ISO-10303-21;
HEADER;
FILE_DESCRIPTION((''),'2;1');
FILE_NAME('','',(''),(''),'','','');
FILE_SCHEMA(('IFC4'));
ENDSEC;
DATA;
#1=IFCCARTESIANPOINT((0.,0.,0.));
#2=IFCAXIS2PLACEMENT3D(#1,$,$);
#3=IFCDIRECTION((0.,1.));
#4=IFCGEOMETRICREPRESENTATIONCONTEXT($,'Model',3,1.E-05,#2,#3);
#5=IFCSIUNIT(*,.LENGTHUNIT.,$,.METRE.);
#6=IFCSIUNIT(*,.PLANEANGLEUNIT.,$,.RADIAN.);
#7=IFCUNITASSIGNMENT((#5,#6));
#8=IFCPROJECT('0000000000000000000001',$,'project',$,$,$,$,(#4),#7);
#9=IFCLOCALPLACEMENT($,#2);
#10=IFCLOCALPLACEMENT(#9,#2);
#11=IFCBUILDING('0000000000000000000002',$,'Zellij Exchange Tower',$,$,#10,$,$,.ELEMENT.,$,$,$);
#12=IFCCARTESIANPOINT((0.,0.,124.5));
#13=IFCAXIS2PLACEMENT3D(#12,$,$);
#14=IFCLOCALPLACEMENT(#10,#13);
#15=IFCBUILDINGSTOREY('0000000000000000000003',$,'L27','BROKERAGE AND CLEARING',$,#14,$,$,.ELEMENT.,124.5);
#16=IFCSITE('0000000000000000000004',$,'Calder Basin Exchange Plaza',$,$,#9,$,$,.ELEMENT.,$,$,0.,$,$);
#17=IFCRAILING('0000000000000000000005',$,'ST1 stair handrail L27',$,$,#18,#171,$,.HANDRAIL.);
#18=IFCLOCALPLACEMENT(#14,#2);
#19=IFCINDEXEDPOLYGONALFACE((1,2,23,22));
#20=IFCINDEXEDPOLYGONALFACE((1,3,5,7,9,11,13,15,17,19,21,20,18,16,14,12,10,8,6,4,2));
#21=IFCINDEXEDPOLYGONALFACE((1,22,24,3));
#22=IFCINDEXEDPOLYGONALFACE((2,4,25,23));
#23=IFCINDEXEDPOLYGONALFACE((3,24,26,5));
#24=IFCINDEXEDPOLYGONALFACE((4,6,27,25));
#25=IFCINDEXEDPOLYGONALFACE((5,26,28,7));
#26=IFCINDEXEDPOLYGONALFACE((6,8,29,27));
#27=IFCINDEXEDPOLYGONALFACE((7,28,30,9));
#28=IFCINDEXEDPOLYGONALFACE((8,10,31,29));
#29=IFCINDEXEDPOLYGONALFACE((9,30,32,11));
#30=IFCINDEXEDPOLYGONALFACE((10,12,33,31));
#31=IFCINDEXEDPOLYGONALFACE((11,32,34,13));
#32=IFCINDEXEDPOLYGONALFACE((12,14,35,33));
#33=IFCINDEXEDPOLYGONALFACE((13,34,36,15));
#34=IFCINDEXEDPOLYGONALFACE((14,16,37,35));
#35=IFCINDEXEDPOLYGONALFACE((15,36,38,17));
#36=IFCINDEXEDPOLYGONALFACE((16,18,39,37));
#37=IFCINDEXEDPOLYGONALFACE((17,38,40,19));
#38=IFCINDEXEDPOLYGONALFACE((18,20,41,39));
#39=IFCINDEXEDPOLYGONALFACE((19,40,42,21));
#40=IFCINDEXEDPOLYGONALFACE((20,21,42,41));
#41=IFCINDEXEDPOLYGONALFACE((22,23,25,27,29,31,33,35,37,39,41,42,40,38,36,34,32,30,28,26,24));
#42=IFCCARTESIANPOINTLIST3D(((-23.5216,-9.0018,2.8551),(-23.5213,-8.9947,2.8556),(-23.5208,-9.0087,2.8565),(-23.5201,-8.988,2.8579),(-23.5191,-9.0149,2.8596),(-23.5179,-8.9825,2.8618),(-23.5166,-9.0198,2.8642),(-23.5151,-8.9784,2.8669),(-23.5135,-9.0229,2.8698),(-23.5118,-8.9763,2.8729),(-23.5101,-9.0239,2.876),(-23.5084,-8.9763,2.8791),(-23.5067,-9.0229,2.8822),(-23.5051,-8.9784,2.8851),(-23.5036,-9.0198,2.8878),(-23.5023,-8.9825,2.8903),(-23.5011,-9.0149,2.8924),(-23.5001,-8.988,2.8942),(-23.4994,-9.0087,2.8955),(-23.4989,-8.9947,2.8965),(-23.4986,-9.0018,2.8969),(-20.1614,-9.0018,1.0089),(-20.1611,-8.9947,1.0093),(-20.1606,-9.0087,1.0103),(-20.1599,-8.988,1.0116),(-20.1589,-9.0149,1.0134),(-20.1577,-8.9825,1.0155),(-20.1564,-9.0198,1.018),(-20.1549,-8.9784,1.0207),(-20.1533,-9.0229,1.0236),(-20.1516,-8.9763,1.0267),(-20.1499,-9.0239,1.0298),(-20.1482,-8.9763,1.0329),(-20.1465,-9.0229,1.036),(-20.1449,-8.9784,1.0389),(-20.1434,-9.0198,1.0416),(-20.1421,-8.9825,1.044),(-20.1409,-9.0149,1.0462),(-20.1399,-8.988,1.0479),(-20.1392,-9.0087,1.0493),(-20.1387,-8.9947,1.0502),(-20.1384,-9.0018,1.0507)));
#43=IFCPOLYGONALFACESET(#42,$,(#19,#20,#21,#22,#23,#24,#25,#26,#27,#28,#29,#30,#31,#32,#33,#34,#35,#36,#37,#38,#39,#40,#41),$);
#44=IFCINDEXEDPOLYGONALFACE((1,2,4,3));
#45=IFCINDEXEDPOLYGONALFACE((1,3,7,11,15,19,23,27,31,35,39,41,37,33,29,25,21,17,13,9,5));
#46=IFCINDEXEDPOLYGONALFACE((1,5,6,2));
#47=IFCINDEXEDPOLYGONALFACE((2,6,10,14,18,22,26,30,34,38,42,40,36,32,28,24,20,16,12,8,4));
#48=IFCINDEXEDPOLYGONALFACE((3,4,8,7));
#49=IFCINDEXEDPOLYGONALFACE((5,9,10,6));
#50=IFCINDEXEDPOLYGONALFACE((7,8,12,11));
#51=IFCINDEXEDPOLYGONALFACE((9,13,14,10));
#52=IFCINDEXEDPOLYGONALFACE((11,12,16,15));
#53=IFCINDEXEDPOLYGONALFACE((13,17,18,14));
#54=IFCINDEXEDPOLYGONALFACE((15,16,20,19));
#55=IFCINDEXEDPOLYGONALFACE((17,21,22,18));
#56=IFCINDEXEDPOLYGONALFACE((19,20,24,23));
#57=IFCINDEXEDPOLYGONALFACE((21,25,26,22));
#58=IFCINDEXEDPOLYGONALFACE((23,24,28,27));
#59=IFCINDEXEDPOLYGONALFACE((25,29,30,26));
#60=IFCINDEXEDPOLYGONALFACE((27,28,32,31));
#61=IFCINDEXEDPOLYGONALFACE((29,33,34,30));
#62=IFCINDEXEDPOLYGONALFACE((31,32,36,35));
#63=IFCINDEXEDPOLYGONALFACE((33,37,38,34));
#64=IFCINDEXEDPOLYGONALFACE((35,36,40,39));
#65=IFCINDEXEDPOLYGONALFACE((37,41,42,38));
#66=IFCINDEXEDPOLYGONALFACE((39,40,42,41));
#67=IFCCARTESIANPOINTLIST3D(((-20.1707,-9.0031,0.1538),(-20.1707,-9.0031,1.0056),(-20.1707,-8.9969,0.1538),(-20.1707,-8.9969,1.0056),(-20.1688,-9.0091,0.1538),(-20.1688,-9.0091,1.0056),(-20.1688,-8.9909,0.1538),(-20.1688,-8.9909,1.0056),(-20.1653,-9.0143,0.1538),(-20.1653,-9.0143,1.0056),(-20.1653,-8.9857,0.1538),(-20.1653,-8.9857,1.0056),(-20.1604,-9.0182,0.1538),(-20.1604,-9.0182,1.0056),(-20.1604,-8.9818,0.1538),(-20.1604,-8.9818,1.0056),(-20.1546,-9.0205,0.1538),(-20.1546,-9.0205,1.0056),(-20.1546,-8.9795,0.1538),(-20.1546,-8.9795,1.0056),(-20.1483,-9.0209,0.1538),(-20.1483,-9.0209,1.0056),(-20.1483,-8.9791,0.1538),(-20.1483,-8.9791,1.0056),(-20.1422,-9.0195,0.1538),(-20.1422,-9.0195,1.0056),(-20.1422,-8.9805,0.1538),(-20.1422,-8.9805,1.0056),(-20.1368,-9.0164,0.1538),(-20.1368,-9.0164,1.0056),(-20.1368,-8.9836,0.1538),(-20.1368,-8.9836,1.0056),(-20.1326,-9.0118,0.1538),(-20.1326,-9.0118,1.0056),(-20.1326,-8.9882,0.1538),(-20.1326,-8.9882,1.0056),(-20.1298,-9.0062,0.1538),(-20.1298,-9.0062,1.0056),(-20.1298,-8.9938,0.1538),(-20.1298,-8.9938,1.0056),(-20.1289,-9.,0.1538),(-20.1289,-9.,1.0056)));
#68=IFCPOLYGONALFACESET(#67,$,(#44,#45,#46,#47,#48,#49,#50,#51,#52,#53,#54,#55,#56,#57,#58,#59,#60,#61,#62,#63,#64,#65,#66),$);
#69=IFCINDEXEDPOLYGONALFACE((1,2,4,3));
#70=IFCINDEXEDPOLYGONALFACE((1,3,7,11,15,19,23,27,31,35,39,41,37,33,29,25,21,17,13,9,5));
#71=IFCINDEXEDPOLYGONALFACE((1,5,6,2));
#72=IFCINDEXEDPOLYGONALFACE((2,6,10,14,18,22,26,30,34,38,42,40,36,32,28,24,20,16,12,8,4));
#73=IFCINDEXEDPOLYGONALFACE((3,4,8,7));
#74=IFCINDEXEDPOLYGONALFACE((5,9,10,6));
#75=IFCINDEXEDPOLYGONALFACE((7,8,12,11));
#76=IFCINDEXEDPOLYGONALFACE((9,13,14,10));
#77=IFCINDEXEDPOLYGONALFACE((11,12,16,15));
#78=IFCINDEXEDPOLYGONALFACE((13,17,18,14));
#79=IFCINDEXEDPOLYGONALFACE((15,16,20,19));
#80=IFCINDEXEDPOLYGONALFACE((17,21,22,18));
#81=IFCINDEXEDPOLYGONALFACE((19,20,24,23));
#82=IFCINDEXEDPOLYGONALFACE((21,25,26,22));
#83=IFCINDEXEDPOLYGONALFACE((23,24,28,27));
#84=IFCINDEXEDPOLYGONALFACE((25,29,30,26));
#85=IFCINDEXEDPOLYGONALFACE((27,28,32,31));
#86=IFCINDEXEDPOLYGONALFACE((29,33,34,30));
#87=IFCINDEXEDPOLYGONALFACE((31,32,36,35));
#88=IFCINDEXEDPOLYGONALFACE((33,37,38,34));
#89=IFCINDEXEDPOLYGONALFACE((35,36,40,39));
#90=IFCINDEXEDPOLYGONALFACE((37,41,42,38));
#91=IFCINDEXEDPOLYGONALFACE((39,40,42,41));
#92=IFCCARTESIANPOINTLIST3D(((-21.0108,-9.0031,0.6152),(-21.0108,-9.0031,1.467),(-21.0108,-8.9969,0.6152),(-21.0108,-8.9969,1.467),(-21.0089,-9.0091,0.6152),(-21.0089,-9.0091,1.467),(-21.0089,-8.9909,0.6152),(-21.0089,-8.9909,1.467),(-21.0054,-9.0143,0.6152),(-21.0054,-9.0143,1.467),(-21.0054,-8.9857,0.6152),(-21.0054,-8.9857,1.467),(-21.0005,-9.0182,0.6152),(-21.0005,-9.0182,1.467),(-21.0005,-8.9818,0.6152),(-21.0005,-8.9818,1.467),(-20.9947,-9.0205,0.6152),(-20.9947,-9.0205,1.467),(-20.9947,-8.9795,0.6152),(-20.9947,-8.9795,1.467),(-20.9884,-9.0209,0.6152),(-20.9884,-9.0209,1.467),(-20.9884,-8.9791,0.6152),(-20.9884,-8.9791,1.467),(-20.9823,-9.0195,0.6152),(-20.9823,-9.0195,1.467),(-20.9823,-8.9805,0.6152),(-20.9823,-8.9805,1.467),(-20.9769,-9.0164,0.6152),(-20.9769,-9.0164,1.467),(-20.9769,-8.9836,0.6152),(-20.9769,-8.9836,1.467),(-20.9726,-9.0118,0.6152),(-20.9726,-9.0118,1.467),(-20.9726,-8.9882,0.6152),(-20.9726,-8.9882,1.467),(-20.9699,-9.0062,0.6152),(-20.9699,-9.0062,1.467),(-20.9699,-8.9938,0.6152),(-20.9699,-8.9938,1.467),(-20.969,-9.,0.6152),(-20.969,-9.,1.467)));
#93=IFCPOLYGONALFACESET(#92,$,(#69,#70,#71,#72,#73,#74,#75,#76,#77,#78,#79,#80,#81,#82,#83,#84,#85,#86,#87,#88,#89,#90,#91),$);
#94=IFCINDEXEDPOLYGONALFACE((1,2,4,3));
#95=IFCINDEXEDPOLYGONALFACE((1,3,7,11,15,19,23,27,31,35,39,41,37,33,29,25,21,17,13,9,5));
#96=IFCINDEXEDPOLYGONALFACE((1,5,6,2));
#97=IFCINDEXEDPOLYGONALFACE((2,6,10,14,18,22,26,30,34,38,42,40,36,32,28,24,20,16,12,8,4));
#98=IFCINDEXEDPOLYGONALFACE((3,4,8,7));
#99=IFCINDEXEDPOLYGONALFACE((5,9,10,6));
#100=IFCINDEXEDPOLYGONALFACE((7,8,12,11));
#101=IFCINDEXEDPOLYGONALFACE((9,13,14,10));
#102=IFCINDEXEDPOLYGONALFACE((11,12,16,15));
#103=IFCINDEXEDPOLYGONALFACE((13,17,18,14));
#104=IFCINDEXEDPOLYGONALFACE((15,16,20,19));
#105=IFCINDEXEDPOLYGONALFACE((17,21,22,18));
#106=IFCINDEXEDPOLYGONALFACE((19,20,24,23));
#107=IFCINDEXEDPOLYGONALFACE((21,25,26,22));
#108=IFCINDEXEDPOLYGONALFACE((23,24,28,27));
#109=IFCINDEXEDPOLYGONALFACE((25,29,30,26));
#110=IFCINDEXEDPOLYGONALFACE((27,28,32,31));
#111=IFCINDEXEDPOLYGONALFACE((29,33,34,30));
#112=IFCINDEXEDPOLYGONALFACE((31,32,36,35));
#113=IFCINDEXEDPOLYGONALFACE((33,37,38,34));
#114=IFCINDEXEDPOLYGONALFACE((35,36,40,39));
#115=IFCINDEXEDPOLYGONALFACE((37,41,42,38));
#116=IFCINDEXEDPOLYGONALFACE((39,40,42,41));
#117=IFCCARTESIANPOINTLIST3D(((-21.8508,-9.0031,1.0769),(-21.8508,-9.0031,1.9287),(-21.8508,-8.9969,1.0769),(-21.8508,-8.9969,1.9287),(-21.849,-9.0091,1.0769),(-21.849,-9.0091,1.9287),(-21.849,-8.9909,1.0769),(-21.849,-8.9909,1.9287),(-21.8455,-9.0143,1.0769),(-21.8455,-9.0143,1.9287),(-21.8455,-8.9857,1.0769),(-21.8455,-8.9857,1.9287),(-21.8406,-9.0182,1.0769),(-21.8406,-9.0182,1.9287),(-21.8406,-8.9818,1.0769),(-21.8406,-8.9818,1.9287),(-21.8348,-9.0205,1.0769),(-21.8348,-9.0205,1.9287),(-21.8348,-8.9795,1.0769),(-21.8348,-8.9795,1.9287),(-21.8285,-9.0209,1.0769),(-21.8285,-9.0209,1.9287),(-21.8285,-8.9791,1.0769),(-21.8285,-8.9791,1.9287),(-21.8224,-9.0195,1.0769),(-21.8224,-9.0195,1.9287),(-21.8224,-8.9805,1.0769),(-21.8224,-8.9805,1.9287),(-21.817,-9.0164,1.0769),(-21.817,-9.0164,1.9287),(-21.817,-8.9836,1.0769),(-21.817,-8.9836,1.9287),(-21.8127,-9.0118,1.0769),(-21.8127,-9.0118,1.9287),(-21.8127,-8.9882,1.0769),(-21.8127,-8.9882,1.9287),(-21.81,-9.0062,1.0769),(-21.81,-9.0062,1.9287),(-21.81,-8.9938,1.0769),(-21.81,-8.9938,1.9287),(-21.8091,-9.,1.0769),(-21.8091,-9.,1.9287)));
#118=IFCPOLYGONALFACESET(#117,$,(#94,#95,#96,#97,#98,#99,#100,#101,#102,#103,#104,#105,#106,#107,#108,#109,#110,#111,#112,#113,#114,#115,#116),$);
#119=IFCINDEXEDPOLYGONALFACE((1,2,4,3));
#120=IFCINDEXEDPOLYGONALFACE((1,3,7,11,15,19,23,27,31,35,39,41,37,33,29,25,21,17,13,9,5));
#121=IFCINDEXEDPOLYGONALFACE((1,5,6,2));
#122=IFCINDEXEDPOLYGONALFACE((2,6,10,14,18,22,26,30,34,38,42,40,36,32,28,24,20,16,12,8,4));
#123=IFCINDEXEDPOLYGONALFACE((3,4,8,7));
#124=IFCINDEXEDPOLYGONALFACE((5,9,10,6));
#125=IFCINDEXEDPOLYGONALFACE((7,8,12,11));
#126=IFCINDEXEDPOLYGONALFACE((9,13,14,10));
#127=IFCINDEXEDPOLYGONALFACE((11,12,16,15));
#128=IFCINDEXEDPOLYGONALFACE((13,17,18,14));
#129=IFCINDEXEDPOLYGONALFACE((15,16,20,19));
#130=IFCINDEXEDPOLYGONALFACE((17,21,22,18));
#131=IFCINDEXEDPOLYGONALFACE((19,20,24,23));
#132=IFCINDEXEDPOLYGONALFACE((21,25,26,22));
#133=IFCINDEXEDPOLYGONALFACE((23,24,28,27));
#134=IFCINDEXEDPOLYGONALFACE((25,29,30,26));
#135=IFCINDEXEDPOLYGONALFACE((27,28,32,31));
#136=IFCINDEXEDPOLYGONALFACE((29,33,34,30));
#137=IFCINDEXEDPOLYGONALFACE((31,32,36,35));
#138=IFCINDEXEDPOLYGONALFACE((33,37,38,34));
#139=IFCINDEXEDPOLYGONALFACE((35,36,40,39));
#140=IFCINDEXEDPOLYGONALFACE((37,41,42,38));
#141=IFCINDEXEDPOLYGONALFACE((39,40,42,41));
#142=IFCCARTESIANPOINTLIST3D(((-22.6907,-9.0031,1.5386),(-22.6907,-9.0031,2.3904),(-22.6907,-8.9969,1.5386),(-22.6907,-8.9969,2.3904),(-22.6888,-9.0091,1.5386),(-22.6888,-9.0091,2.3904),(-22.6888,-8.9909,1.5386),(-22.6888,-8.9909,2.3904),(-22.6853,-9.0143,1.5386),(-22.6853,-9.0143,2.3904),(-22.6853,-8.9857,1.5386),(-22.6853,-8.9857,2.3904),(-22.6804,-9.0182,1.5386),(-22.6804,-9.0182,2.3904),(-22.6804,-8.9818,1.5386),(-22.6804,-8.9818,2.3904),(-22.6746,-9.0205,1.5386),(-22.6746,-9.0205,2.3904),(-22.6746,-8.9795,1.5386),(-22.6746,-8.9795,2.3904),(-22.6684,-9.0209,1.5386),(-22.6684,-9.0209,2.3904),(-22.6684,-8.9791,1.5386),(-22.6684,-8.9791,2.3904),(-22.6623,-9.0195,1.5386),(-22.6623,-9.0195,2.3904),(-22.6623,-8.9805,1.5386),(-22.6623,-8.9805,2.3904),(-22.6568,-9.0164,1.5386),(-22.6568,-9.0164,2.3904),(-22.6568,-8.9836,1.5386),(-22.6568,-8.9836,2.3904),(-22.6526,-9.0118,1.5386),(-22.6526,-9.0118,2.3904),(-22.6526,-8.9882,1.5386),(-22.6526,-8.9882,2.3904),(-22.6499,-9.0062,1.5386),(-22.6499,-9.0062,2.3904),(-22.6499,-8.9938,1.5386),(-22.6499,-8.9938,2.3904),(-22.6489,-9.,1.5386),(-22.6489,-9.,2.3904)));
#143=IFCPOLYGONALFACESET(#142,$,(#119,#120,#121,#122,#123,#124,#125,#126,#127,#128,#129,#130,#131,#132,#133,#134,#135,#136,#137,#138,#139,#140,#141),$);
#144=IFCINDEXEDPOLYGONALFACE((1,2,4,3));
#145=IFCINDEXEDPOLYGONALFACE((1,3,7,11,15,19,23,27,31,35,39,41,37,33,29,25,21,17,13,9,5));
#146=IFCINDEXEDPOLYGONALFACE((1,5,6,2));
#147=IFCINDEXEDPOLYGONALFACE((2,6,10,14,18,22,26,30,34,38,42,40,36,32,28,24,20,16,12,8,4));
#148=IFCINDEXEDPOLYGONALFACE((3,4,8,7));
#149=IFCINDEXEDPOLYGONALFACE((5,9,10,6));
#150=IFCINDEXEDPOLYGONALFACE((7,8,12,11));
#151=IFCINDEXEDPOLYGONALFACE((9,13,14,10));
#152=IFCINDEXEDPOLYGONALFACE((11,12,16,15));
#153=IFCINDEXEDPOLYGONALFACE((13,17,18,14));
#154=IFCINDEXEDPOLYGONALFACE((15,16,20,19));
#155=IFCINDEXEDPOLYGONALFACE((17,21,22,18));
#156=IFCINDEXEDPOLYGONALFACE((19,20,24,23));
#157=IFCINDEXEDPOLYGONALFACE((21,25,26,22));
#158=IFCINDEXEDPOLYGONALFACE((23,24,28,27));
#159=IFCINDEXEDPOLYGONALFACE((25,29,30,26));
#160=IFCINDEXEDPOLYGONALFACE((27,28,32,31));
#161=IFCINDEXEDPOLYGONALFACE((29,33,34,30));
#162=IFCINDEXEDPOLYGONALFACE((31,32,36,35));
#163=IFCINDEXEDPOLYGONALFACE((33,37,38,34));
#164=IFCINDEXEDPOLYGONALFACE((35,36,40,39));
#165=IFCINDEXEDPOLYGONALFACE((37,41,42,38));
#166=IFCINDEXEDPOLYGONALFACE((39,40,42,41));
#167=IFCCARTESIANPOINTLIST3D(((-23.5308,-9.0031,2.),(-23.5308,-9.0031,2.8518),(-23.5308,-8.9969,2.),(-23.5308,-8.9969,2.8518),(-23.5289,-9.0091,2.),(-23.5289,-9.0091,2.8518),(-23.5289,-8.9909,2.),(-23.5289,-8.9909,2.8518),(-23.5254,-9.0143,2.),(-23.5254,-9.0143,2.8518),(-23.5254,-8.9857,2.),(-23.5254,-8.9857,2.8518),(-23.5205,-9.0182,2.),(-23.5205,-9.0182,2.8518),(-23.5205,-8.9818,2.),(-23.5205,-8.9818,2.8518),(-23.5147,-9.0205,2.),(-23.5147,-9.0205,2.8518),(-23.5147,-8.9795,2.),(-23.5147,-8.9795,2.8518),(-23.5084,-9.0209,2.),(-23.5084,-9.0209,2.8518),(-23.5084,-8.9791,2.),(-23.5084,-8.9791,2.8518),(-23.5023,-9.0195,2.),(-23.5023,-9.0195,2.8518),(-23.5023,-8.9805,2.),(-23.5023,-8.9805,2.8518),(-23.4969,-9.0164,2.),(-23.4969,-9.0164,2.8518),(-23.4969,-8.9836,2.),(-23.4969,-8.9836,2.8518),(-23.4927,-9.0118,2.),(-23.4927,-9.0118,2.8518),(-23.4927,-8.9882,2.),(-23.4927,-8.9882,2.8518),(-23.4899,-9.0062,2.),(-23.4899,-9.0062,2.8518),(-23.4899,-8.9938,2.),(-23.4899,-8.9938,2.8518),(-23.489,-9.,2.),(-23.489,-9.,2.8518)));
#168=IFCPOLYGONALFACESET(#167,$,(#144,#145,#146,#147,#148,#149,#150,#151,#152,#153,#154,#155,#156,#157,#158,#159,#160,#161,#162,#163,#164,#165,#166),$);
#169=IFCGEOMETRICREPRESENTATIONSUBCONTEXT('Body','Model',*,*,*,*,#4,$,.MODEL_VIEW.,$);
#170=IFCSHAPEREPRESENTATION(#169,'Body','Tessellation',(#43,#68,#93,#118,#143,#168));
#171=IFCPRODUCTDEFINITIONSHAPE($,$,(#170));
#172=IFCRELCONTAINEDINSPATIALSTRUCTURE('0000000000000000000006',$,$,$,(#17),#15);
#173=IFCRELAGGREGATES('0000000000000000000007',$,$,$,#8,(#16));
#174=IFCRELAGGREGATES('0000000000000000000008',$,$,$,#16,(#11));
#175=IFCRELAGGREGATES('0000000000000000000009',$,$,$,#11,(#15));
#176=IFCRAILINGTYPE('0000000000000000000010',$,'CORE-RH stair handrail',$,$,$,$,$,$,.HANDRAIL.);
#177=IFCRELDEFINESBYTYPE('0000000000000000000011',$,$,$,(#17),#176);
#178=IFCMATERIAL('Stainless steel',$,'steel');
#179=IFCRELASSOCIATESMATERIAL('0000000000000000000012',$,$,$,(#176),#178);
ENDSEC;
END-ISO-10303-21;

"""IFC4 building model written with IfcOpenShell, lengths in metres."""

from ifc_helpers import new_model, si_unit, direction, frame, origin, origin_2d, place, context, subcontext, project, spatial, circle, extrude, material, type_object, element, save


model = new_model("IFC4")

# Units and contexts
model_context = context("Model", 3, precision=1e-05, world=origin(), true_north=direction((0.0, 1.0)))
body_context = subcontext(model_context, "Body", "Model", "MODEL_VIEW")
ifc_project = project(units=[si_unit("LENGTHUNIT", "METRE"), si_unit("PLANEANGLEUNIT", "RADIAN")], contexts=[model_context])

# Site, building, storey
site_placement = place(None, origin())
site = spatial("IfcSite", under=ifc_project, at=site_placement, Name="Calder Basin Exchange Plaza", CompositionType="ELEMENT", RefElevation=0.0)
building_placement = place(site_placement, origin())
building = spatial("IfcBuilding", under=site, at=building_placement, Name="Zellij Exchange Tower", CompositionType="ELEMENT")
storey_placement = place(building_placement, frame((0.0, 0.0, 124.5)))
storey = spatial("IfcBuildingStorey", under=building, at=storey_placement, Name="L27", Description="BROKERAGE AND CLEARING", CompositionType="ELEMENT", Elevation=124.5)

# Railing
ifc_material_1 = material(Name="Stainless steel", Category="steel")
railing_type_1 = type_object("IfcRailingType", Name="CORE-RH stair handrail", PredefinedType="HANDRAIL", material=ifc_material_1)
railing_1_placement = place(storey_placement, frame((-20.1499, -9.0, 0.1538)))
element("IfcRailing", 1, at=railing_1_placement, inside=storey, type_object=railing_type_1, Name="ST1 stair handrail L27", PredefinedType="HANDRAIL", context=body_context, shape_type="SweptSolid", body=[
    extrude(circle(Radius=0.0239, at=origin_2d()), frame((0.0, 0.0, 0.876), z_axis=(-0.876422, 0.0, 0.481545), x_axis=(0.0, -1.0, 0.0)), (0.0, 0.0, 1.0), 3.834),
    extrude(circle(Radius=0.021, at=origin_2d()), origin(), (0.0, 0.0, 1.0), 0.8518),
    extrude(circle(Radius=0.021, at=origin_2d()), frame((-0.8401, 0.0, 0.4614)), (0.0, 0.0, 1.0), 0.8518),
    extrude(circle(Radius=0.021, at=origin_2d()), frame((-1.6802, 0.0, 0.9231)), (0.0, 0.0, 1.0), 0.8518),
    extrude(circle(Radius=0.021, at=origin_2d()), frame((-2.52, 0.0, 1.3848)), (0.0, 0.0, 1.0), 0.8518),
    extrude(circle(Radius=0.021, at=origin_2d()), frame((-3.3601, 0.0, 1.8462)), (0.0, 0.0, 1.0), 0.8518),
])

save(model, "model.ifc")
